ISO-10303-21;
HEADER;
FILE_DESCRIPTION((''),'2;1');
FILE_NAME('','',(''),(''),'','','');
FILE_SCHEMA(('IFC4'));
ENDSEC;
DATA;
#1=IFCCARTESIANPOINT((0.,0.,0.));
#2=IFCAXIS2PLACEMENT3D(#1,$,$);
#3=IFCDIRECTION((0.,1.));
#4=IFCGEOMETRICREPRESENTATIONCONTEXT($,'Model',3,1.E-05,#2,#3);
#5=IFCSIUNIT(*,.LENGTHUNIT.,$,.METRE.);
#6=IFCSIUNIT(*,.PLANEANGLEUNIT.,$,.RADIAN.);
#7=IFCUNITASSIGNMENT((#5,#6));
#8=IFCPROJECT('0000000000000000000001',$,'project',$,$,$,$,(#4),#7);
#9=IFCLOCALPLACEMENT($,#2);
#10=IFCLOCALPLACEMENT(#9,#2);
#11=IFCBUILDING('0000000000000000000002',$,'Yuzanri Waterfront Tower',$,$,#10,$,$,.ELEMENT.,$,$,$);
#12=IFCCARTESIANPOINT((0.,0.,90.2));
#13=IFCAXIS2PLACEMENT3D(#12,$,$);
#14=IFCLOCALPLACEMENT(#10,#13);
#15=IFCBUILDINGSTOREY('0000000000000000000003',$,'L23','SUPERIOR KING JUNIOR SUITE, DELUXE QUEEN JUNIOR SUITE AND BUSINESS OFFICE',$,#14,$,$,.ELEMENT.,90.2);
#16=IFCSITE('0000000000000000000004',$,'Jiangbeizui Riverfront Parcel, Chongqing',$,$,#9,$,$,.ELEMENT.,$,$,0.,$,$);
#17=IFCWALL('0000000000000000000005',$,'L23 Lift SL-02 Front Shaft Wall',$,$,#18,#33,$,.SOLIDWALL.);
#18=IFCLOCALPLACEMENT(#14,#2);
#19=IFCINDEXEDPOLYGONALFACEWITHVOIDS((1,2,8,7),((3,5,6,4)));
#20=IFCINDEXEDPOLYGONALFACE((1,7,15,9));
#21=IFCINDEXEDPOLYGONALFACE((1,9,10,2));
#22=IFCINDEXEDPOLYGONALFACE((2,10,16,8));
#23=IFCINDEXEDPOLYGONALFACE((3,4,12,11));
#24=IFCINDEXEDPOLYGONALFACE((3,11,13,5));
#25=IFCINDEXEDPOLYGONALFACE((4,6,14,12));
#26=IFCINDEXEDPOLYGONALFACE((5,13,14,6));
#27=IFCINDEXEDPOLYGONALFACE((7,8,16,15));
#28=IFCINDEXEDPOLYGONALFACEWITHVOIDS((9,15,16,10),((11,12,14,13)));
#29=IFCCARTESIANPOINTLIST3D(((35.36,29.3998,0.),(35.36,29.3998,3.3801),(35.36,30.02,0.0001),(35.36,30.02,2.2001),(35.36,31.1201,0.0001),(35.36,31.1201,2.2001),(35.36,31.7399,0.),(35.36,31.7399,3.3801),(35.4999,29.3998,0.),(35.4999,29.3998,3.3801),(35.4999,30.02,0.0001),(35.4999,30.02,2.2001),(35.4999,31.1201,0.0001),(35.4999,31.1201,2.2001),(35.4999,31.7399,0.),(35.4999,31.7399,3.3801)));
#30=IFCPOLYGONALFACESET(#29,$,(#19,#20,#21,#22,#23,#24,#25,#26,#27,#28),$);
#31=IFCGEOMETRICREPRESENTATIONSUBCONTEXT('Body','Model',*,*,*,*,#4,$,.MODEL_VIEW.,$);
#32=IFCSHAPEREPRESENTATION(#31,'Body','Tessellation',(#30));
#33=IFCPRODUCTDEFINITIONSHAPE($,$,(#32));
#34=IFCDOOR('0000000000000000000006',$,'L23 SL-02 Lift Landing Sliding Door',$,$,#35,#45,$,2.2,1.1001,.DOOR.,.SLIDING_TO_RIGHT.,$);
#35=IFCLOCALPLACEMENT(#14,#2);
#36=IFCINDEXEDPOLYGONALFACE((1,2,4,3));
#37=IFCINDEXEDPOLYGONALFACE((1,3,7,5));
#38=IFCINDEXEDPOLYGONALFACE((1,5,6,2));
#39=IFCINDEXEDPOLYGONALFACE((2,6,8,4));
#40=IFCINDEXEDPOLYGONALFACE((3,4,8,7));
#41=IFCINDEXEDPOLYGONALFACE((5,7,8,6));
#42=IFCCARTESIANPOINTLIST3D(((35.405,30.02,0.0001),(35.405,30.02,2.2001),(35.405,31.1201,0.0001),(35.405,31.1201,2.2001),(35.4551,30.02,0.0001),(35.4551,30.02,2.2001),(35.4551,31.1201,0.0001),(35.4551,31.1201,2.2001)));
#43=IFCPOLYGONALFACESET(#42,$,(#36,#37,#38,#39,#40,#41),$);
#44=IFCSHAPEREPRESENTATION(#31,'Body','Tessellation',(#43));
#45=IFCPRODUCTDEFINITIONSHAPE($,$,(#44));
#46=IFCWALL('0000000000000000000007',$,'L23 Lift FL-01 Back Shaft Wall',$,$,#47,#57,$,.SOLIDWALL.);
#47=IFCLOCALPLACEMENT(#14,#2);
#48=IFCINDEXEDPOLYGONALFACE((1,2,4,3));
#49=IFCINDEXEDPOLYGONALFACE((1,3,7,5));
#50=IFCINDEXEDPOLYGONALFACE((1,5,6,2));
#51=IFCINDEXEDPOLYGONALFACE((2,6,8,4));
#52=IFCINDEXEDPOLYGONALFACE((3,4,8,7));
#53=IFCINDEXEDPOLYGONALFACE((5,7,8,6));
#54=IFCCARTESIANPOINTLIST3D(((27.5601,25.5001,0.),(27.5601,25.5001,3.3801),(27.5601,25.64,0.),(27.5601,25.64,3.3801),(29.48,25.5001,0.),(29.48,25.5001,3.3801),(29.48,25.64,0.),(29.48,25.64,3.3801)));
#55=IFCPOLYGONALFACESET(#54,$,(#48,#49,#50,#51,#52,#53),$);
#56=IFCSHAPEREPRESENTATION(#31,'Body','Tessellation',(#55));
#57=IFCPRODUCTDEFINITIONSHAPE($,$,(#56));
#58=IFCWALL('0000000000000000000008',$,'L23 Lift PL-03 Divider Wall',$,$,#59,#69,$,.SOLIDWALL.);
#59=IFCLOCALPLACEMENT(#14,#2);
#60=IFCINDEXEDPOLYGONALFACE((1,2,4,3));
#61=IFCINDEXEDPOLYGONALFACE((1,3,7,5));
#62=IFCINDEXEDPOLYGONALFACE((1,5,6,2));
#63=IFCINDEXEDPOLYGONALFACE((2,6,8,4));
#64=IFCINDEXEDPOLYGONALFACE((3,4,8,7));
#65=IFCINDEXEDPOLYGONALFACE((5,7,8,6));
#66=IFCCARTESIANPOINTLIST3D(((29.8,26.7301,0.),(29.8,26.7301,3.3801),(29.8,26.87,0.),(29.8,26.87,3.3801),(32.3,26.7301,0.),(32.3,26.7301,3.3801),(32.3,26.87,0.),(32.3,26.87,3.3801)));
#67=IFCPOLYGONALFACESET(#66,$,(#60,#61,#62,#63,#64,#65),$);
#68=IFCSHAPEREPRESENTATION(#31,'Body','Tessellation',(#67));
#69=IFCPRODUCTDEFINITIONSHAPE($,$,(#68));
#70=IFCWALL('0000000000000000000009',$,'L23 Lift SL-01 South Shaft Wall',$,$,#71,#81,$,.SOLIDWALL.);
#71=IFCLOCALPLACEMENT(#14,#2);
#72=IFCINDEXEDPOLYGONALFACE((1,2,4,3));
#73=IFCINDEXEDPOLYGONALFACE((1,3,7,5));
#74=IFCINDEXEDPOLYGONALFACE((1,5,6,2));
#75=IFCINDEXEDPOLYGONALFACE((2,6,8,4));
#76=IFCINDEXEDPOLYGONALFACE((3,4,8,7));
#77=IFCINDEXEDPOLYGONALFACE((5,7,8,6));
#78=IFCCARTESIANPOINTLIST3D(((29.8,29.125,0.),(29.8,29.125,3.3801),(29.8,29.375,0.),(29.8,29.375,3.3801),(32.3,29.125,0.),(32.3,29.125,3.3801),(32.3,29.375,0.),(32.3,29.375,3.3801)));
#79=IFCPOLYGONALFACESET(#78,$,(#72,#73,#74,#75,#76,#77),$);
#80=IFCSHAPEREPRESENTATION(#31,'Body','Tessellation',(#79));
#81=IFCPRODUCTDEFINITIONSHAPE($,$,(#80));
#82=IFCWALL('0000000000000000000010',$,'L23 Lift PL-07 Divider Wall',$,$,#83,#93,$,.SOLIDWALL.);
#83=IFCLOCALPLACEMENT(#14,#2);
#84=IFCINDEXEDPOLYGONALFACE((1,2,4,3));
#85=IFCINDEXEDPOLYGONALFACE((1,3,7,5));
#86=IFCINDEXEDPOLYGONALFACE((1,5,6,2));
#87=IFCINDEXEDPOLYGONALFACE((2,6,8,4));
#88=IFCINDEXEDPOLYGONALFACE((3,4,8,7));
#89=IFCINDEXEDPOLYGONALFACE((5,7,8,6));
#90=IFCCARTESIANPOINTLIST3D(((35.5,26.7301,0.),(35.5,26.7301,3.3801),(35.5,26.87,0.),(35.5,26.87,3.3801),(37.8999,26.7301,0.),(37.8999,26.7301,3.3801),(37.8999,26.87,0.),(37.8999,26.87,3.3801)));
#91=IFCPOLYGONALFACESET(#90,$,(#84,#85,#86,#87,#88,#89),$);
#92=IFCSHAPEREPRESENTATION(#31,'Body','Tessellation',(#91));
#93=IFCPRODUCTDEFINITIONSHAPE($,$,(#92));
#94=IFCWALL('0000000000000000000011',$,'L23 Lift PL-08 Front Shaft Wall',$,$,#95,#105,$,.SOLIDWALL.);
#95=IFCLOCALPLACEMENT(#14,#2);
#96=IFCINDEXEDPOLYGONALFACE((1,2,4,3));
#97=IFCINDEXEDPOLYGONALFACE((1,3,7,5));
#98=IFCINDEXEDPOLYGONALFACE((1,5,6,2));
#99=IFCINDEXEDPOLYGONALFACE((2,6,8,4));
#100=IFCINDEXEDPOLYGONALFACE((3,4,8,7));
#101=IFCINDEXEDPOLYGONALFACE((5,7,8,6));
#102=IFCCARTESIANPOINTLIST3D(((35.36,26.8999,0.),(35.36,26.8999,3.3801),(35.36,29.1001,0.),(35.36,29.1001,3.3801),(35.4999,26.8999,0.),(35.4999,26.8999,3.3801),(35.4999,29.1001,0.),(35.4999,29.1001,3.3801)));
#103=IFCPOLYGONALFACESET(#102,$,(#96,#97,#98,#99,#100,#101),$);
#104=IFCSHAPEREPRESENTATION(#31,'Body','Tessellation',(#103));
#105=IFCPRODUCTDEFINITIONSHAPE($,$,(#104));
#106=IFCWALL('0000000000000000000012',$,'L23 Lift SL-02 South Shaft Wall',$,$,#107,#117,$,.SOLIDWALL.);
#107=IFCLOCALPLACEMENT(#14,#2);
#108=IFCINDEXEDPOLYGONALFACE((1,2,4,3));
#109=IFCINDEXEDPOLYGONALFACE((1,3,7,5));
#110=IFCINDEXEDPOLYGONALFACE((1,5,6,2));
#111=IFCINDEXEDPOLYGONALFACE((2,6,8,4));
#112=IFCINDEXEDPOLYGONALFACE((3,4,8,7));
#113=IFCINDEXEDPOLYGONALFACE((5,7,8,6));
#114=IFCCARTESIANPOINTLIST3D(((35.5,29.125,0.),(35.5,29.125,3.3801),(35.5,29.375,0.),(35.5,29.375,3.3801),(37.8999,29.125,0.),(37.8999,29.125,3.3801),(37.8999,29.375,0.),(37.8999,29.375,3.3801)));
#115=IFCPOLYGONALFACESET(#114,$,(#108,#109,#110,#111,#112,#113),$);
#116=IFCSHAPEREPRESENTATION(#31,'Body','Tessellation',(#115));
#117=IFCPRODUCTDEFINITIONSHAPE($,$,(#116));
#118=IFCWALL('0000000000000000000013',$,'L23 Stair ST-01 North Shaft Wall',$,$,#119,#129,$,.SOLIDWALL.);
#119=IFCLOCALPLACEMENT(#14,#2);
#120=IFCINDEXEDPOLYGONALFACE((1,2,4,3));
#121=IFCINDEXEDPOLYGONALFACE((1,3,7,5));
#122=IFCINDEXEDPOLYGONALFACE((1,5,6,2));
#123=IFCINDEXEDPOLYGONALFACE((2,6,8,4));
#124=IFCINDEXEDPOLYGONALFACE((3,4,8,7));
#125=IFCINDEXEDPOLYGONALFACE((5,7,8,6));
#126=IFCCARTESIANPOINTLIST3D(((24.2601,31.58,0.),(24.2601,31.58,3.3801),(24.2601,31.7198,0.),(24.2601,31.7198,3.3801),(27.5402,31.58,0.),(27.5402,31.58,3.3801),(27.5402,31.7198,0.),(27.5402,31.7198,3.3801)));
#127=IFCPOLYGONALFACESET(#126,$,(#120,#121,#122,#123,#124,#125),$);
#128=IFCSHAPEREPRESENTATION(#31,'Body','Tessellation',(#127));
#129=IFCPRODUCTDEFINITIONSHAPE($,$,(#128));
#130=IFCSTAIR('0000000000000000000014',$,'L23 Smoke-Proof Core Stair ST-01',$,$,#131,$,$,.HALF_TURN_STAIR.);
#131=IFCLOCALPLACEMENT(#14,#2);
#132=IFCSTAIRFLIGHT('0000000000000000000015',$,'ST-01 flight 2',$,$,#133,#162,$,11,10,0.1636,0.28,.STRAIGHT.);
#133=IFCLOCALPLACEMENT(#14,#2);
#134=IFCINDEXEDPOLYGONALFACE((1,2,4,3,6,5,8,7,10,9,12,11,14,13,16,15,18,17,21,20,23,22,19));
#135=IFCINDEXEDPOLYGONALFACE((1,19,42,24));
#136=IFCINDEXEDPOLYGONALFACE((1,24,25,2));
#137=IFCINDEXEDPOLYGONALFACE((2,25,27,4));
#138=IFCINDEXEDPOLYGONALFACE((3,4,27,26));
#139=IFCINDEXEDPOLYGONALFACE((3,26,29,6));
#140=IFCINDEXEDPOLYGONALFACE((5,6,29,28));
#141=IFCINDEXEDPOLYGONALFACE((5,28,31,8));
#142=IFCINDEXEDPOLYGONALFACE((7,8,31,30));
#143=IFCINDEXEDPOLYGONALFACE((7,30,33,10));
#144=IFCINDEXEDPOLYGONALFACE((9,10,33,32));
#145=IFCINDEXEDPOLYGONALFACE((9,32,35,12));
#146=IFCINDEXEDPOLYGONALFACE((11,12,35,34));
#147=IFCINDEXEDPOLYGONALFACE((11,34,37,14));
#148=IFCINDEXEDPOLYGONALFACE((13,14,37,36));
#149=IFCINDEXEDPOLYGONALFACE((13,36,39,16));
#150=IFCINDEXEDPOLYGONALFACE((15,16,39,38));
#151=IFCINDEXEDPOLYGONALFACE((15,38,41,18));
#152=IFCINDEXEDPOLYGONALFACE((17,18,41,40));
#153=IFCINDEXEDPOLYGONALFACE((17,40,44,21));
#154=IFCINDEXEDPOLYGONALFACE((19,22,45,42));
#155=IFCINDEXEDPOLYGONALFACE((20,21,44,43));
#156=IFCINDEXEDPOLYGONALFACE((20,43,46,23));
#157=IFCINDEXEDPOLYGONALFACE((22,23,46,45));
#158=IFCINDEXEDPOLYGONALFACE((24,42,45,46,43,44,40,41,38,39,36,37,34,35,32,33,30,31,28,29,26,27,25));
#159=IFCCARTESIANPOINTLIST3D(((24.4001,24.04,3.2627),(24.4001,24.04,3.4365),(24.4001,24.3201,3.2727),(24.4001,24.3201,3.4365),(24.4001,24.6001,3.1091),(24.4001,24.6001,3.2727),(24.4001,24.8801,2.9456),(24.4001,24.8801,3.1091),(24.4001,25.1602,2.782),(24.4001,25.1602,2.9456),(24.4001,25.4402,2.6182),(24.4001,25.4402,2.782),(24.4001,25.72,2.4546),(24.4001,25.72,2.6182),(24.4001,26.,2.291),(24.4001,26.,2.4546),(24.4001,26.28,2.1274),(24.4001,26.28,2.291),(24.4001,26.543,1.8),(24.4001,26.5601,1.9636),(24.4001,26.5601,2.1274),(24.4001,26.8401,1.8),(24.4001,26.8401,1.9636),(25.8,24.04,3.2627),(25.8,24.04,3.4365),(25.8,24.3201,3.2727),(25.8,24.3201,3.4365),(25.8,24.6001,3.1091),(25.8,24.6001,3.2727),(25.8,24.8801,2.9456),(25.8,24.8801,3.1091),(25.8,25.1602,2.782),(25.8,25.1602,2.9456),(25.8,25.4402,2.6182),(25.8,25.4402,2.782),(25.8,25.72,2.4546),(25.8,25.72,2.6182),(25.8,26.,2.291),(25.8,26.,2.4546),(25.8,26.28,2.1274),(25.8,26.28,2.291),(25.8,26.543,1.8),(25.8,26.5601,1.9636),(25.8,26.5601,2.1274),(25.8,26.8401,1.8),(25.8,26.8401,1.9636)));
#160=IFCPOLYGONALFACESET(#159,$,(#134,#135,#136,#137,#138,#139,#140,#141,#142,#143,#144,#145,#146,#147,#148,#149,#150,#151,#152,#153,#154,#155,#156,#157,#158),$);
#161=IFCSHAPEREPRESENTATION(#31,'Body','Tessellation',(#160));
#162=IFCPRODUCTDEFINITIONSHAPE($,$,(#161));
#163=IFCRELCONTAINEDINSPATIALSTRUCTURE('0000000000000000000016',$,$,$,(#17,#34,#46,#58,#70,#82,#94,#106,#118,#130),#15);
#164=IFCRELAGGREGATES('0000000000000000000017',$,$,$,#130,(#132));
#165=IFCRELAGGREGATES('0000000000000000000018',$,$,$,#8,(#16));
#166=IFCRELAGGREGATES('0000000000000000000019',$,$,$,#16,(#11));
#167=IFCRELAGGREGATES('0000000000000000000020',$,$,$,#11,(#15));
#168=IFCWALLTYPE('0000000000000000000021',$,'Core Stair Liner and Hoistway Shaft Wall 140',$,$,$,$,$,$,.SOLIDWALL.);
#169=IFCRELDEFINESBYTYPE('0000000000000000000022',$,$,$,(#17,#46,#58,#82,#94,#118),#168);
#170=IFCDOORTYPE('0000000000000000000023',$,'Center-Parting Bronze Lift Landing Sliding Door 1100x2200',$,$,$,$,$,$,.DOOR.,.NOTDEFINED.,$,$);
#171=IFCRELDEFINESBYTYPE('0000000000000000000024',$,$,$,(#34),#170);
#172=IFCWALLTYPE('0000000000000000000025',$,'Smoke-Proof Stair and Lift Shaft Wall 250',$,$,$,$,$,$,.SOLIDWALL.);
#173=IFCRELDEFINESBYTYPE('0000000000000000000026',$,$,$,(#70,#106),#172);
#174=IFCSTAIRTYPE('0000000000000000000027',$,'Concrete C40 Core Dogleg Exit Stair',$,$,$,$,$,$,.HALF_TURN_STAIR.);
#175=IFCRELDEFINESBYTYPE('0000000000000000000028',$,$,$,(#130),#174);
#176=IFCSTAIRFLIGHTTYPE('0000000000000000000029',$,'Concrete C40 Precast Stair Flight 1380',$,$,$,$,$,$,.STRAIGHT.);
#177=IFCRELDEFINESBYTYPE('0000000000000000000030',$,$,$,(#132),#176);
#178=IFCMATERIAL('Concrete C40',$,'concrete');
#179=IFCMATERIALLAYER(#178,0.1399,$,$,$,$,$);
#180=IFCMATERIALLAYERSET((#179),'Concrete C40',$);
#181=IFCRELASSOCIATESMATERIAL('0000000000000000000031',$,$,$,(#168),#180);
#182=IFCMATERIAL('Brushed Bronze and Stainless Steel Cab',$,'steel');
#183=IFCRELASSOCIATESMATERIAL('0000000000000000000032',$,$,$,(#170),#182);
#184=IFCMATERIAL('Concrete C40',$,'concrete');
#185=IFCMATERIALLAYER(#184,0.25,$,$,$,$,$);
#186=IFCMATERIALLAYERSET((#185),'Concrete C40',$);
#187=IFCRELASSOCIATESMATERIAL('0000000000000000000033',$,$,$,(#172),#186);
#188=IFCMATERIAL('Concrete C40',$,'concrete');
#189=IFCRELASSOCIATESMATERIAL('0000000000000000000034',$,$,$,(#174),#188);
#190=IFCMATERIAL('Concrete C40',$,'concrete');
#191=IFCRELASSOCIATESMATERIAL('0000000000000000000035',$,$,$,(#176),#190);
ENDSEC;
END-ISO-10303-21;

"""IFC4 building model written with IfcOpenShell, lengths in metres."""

from ifc_helpers import new_model, si_unit, direction, frame, frame_2d, origin, place, context, subcontext, project, spatial, polyline, rectangle, outline, extrude, source, transform, mapped, material, layer, layer_set, type_object, element, fill, aggregate, save


model = new_model("IFC4")

# Units and contexts
model_context = context("Model", 3, precision=1e-05, world=origin(), true_north=direction((0.0, 1.0)))
body_context = subcontext(model_context, "Body", "Model", "MODEL_VIEW")
ifc_project = project(units=[si_unit("LENGTHUNIT", "METRE"), si_unit("PLANEANGLEUNIT", "RADIAN")], contexts=[model_context])

# Site, building, storey
site_placement = place(None, origin())
site = spatial("IfcSite", under=ifc_project, at=site_placement, Name="Jiangbeizui Riverfront Parcel, Chongqing", CompositionType="ELEMENT", RefElevation=0.0)
building_placement = place(site_placement, origin())
building = spatial("IfcBuilding", under=site, at=building_placement, Name="Yuzanri Waterfront Tower", CompositionType="ELEMENT")
storey_placement = place(building_placement, frame((0.0, 0.0, 90.2)))
storey = spatial("IfcBuildingStorey", under=building, at=storey_placement, Name="L23", Description="SUPERIOR KING JUNIOR SUITE, DELUXE QUEEN JUNIOR SUITE AND BUSINESS OFFICE", CompositionType="ELEMENT", Elevation=90.2)

# Wall, opening, door
ifc_material_1 = material(Name="Concrete C40", Category="concrete")
ifc_layer_1 = layer(ifc_material_1, 0.1399)
ifc_layer_set_1 = layer_set([ifc_layer_1], Name="Concrete C40")
wall_type_1 = type_object("IfcWallType", Name="Core Stair Liner and Hoistway Shaft Wall 140", PredefinedType="SOLIDWALL", material=ifc_layer_set_1)
ifc_material_2 = material(Name="Brushed Bronze and Stainless Steel Cab", Category="steel")
door_type_1 = type_object("IfcDoorType", Name="Center-Parting Bronze Lift Landing Sliding Door 1100x2200", OperationType="NOTDEFINED", PredefinedType="DOOR", material=ifc_material_2)
shared_shape_1 = source(origin(), body_context, "Body", "SweptSolid", [
    extrude(rectangle(XDim=1.1001, YDim=2.2, at=frame_2d((0.55, 1.1001))), frame((0.0, 0.0249, 0.0), z_axis=(0.0, -1.0, 0.0), x_axis=(1.0, 0.0, 0.0)), (0.0, 0.0, 1.0), 0.05),
])
wall_1_placement = place(storey_placement, frame((35.4299, 29.3999, 0.0), z_axis=(0.0, 0.0, 1.0), x_axis=(0.0, 1.0, 0.0)))
wall_1 = element("IfcWall", 1, at=wall_1_placement, inside=storey, type_object=wall_type_1, Name="L23 Lift SL-02 Front Shaft Wall", PredefinedType="SOLIDWALL", context=body_context, shape_type="SweptSolid", body=[
    extrude(rectangle(XDim=2.3401, YDim=0.1399, at=frame_2d((1.1699, 0.0))), origin(), (0.0, 0.0, 1.0), 3.3801),
])
opening_1_placement = place(wall_1_placement, frame((0.6201, 0.0, 0.0)))
opening_1 = element("IfcOpeningElement", 2, at=opening_1_placement, cuts=wall_1, PredefinedType="OPENING", context=body_context, shape_type="SweptSolid", body=[
    extrude(rectangle(XDim=1.1001, YDim=2.2, at=frame_2d((0.55, 1.1001))), frame((0.0, 0.085, 0.0), z_axis=(0.0, -1.0, 0.0), x_axis=(1.0, 0.0, 0.0)), (0.0, 0.0, 1.0), 0.1697),
])
door_1_placement = place(opening_1_placement, origin())
door_1 = element("IfcDoor", 3, at=door_1_placement, inside=storey, type_object=door_type_1, Name="L23 SL-02 Lift Landing Sliding Door", OperationType="SLIDING_TO_RIGHT", OverallHeight=2.2, OverallWidth=1.1001, PredefinedType="DOOR", context=body_context, shape_type="MappedRepresentation", body=[
    mapped(shared_shape_1, transform((0.0, 0.0, 0.0), scale=1.0)),
])
fill(opening_1, door_1)

# Walls
shared_shape_2 = source(origin(), body_context, "Body", "SweptSolid", [
    extrude(rectangle(XDim=1.9199, YDim=0.1399, at=frame_2d((0.96, 0.0))), origin(), (0.0, 0.0, 1.0), 3.3801),
])
wall_2_placement = place(storey_placement, frame((27.5601, 25.5701, 0.0), z_axis=(0.0, 0.0, 1.0), x_axis=(1.0, 0.0, 0.0)))
element("IfcWall", 4, at=wall_2_placement, inside=storey, type_object=wall_type_1, Name="L23 Lift FL-01 Back Shaft Wall", PredefinedType="SOLIDWALL", context=body_context, shape_type="MappedRepresentation", body=[
    mapped(shared_shape_2, transform((0.0, 0.0, 0.0), scale=1.0)),
])
shared_shape_3 = source(origin(), body_context, "Body", "SweptSolid", [
    extrude(rectangle(XDim=2.5, YDim=0.1399, at=frame_2d((1.25, 0.0))), origin(), (0.0, 0.0, 1.0), 3.3801),
])
wall_3_placement = place(storey_placement, frame((29.8, 26.8, 0.0), z_axis=(0.0, 0.0, 1.0), x_axis=(1.0, 0.0, 0.0)))
element("IfcWall", 5, at=wall_3_placement, inside=storey, type_object=wall_type_1, Name="L23 Lift PL-03 Divider Wall", PredefinedType="SOLIDWALL", context=body_context, shape_type="MappedRepresentation", body=[
    mapped(shared_shape_3, transform((0.0, 0.0, 0.0), scale=1.0)),
])
ifc_material_3 = material(Name="Concrete C40", Category="concrete")
ifc_layer_2 = layer(ifc_material_3, 0.25)
ifc_layer_set_2 = layer_set([ifc_layer_2], Name="Concrete C40")
wall_type_2 = type_object("IfcWallType", Name="Smoke-Proof Stair and Lift Shaft Wall 250", PredefinedType="SOLIDWALL", material=ifc_layer_set_2)
shared_shape_4 = source(origin(), body_context, "Body", "SweptSolid", [
    extrude(rectangle(XDim=2.5, YDim=0.25, at=frame_2d((1.25, 0.0))), origin(), (0.0, 0.0, 1.0), 3.3801),
])
wall_4_placement = place(storey_placement, frame((29.8, 29.25, 0.0), z_axis=(0.0, 0.0, 1.0), x_axis=(1.0, 0.0, 0.0)))
element("IfcWall", 6, at=wall_4_placement, inside=storey, type_object=wall_type_2, Name="L23 Lift SL-01 South Shaft Wall", PredefinedType="SOLIDWALL", context=body_context, shape_type="MappedRepresentation", body=[
    mapped(shared_shape_4, transform((0.0, 0.0, 0.0), scale=1.0)),
])
shared_shape_5 = source(origin(), body_context, "Body", "SweptSolid", [
    extrude(rectangle(XDim=2.3999, YDim=0.1399, at=frame_2d((1.2, 0.0))), origin(), (0.0, 0.0, 1.0), 3.3801),
])
wall_5_placement = place(storey_placement, frame((35.5, 26.8, 0.0), z_axis=(0.0, 0.0, 1.0), x_axis=(1.0, 0.0, 0.0)))
element("IfcWall", 7, at=wall_5_placement, inside=storey, type_object=wall_type_1, Name="L23 Lift PL-07 Divider Wall", PredefinedType="SOLIDWALL", context=body_context, shape_type="MappedRepresentation", body=[
    mapped(shared_shape_5, transform((0.0, 0.0, 0.0), scale=1.0)),
])
shared_shape_6 = source(origin(), body_context, "Body", "SweptSolid", [
    extrude(rectangle(XDim=2.2002, YDim=0.1399, at=frame_2d((1.1001, 0.0))), origin(), (0.0, 0.0, 1.0), 3.3801),
])
wall_6_placement = place(storey_placement, frame((35.4299, 26.8999, 0.0), z_axis=(0.0, 0.0, 1.0), x_axis=(0.0, 1.0, 0.0)))
element("IfcWall", 8, at=wall_6_placement, inside=storey, type_object=wall_type_1, Name="L23 Lift PL-08 Front Shaft Wall", PredefinedType="SOLIDWALL", context=body_context, shape_type="MappedRepresentation", body=[
    mapped(shared_shape_6, transform((0.0, 0.0, 0.0), scale=1.0)),
])
shared_shape_7 = source(origin(), body_context, "Body", "SweptSolid", [
    extrude(rectangle(XDim=2.3999, YDim=0.25, at=frame_2d((1.2, 0.0))), origin(), (0.0, 0.0, 1.0), 3.3801),
])
wall_7_placement = place(storey_placement, frame((35.5, 29.25, 0.0), z_axis=(0.0, 0.0, 1.0), x_axis=(1.0, 0.0, 0.0)))
element("IfcWall", 9, at=wall_7_placement, inside=storey, type_object=wall_type_2, Name="L23 Lift SL-02 South Shaft Wall", PredefinedType="SOLIDWALL", context=body_context, shape_type="MappedRepresentation", body=[
    mapped(shared_shape_7, transform((0.0, 0.0, 0.0), scale=1.0)),
])
shared_shape_8 = source(origin(), body_context, "Body", "SweptSolid", [
    extrude(rectangle(XDim=3.28, YDim=0.1399, at=frame_2d((1.6401, 0.0))), origin(), (0.0, 0.0, 1.0), 3.3801),
])
wall_8_placement = place(storey_placement, frame((24.26, 31.6499, 0.0), z_axis=(0.0, 0.0, 1.0), x_axis=(1.0, 0.0, 0.0)))
element("IfcWall", 10, at=wall_8_placement, inside=storey, type_object=wall_type_1, Name="L23 Stair ST-01 North Shaft Wall", PredefinedType="SOLIDWALL", context=body_context, shape_type="MappedRepresentation", body=[
    mapped(shared_shape_8, transform((0.0, 0.0, 0.0), scale=1.0)),
])

# Stair, stair flight
ifc_material_4 = material(Name="Concrete C40", Category="concrete")
stair_type = type_object("IfcStairType", Name="Concrete C40 Core Dogleg Exit Stair", PredefinedType="HALF_TURN_STAIR", material=ifc_material_4)
stair_placement = place(storey_placement, origin())
stair = element("IfcStair", 11, at=stair_placement, inside=storey, type_object=stair_type, Name="L23 Smoke-Proof Core Stair ST-01", PredefinedType="HALF_TURN_STAIR")
ifc_material_5 = material(Name="Concrete C40", Category="concrete")
stair_flight_type = type_object("IfcStairFlightType", Name="Concrete C40 Precast Stair Flight 1380", PredefinedType="STRAIGHT", material=ifc_material_5)
shared_shape_9 = source(origin(), body_context, "Body", "SweptSolid", [
    extrude(outline(polyline([(0.0, 0.0), (0.0, 0.1636), (0.28, 0.1636), (0.28, 0.3274), (0.5601, 0.3274), (0.5601, 0.491), (0.8401, 0.491), (0.8401, 0.6545), (1.1201, 0.6545), (1.1201, 0.8181), (1.3999, 0.8181), (1.3999, 0.9819), (1.6799, 0.9819), (1.6799, 1.1455), (1.96, 1.1455), (1.96, 1.3091), (2.24, 1.3091), (2.24, 1.4727), (2.52, 1.4727), (2.52, 1.6365), (2.8, 1.6365), (2.8, 1.8), (2.8, 1.4626), (0.2971, 0.0), (0.0, 0.0)])), frame((0.0, 0.7, 0.0), z_axis=(0.0, -1.0, 0.0), x_axis=(1.0, 0.0, 0.0)), (0.0, 0.0, 1.0), 1.3999),
])
stair_flight_placement = place(storey_placement, frame((25.1001, 26.8401, 1.8), z_axis=(0.0, 0.0, 1.0), x_axis=(0.0, -1.0, 0.0)))
stair_flight = element("IfcStairFlight", 12, at=stair_flight_placement, type_object=stair_flight_type, Name="ST-01 flight 2", NumberOfRisers=11, NumberOfTreads=10, PredefinedType="STRAIGHT", RiserHeight=0.1636, TreadLength=0.28, context=body_context, shape_type="MappedRepresentation", body=[
    mapped(shared_shape_9, transform((0.0, 0.0, 0.0), scale=1.0)),
])
aggregate(stair, [stair_flight])

save(model, "model.ifc")
